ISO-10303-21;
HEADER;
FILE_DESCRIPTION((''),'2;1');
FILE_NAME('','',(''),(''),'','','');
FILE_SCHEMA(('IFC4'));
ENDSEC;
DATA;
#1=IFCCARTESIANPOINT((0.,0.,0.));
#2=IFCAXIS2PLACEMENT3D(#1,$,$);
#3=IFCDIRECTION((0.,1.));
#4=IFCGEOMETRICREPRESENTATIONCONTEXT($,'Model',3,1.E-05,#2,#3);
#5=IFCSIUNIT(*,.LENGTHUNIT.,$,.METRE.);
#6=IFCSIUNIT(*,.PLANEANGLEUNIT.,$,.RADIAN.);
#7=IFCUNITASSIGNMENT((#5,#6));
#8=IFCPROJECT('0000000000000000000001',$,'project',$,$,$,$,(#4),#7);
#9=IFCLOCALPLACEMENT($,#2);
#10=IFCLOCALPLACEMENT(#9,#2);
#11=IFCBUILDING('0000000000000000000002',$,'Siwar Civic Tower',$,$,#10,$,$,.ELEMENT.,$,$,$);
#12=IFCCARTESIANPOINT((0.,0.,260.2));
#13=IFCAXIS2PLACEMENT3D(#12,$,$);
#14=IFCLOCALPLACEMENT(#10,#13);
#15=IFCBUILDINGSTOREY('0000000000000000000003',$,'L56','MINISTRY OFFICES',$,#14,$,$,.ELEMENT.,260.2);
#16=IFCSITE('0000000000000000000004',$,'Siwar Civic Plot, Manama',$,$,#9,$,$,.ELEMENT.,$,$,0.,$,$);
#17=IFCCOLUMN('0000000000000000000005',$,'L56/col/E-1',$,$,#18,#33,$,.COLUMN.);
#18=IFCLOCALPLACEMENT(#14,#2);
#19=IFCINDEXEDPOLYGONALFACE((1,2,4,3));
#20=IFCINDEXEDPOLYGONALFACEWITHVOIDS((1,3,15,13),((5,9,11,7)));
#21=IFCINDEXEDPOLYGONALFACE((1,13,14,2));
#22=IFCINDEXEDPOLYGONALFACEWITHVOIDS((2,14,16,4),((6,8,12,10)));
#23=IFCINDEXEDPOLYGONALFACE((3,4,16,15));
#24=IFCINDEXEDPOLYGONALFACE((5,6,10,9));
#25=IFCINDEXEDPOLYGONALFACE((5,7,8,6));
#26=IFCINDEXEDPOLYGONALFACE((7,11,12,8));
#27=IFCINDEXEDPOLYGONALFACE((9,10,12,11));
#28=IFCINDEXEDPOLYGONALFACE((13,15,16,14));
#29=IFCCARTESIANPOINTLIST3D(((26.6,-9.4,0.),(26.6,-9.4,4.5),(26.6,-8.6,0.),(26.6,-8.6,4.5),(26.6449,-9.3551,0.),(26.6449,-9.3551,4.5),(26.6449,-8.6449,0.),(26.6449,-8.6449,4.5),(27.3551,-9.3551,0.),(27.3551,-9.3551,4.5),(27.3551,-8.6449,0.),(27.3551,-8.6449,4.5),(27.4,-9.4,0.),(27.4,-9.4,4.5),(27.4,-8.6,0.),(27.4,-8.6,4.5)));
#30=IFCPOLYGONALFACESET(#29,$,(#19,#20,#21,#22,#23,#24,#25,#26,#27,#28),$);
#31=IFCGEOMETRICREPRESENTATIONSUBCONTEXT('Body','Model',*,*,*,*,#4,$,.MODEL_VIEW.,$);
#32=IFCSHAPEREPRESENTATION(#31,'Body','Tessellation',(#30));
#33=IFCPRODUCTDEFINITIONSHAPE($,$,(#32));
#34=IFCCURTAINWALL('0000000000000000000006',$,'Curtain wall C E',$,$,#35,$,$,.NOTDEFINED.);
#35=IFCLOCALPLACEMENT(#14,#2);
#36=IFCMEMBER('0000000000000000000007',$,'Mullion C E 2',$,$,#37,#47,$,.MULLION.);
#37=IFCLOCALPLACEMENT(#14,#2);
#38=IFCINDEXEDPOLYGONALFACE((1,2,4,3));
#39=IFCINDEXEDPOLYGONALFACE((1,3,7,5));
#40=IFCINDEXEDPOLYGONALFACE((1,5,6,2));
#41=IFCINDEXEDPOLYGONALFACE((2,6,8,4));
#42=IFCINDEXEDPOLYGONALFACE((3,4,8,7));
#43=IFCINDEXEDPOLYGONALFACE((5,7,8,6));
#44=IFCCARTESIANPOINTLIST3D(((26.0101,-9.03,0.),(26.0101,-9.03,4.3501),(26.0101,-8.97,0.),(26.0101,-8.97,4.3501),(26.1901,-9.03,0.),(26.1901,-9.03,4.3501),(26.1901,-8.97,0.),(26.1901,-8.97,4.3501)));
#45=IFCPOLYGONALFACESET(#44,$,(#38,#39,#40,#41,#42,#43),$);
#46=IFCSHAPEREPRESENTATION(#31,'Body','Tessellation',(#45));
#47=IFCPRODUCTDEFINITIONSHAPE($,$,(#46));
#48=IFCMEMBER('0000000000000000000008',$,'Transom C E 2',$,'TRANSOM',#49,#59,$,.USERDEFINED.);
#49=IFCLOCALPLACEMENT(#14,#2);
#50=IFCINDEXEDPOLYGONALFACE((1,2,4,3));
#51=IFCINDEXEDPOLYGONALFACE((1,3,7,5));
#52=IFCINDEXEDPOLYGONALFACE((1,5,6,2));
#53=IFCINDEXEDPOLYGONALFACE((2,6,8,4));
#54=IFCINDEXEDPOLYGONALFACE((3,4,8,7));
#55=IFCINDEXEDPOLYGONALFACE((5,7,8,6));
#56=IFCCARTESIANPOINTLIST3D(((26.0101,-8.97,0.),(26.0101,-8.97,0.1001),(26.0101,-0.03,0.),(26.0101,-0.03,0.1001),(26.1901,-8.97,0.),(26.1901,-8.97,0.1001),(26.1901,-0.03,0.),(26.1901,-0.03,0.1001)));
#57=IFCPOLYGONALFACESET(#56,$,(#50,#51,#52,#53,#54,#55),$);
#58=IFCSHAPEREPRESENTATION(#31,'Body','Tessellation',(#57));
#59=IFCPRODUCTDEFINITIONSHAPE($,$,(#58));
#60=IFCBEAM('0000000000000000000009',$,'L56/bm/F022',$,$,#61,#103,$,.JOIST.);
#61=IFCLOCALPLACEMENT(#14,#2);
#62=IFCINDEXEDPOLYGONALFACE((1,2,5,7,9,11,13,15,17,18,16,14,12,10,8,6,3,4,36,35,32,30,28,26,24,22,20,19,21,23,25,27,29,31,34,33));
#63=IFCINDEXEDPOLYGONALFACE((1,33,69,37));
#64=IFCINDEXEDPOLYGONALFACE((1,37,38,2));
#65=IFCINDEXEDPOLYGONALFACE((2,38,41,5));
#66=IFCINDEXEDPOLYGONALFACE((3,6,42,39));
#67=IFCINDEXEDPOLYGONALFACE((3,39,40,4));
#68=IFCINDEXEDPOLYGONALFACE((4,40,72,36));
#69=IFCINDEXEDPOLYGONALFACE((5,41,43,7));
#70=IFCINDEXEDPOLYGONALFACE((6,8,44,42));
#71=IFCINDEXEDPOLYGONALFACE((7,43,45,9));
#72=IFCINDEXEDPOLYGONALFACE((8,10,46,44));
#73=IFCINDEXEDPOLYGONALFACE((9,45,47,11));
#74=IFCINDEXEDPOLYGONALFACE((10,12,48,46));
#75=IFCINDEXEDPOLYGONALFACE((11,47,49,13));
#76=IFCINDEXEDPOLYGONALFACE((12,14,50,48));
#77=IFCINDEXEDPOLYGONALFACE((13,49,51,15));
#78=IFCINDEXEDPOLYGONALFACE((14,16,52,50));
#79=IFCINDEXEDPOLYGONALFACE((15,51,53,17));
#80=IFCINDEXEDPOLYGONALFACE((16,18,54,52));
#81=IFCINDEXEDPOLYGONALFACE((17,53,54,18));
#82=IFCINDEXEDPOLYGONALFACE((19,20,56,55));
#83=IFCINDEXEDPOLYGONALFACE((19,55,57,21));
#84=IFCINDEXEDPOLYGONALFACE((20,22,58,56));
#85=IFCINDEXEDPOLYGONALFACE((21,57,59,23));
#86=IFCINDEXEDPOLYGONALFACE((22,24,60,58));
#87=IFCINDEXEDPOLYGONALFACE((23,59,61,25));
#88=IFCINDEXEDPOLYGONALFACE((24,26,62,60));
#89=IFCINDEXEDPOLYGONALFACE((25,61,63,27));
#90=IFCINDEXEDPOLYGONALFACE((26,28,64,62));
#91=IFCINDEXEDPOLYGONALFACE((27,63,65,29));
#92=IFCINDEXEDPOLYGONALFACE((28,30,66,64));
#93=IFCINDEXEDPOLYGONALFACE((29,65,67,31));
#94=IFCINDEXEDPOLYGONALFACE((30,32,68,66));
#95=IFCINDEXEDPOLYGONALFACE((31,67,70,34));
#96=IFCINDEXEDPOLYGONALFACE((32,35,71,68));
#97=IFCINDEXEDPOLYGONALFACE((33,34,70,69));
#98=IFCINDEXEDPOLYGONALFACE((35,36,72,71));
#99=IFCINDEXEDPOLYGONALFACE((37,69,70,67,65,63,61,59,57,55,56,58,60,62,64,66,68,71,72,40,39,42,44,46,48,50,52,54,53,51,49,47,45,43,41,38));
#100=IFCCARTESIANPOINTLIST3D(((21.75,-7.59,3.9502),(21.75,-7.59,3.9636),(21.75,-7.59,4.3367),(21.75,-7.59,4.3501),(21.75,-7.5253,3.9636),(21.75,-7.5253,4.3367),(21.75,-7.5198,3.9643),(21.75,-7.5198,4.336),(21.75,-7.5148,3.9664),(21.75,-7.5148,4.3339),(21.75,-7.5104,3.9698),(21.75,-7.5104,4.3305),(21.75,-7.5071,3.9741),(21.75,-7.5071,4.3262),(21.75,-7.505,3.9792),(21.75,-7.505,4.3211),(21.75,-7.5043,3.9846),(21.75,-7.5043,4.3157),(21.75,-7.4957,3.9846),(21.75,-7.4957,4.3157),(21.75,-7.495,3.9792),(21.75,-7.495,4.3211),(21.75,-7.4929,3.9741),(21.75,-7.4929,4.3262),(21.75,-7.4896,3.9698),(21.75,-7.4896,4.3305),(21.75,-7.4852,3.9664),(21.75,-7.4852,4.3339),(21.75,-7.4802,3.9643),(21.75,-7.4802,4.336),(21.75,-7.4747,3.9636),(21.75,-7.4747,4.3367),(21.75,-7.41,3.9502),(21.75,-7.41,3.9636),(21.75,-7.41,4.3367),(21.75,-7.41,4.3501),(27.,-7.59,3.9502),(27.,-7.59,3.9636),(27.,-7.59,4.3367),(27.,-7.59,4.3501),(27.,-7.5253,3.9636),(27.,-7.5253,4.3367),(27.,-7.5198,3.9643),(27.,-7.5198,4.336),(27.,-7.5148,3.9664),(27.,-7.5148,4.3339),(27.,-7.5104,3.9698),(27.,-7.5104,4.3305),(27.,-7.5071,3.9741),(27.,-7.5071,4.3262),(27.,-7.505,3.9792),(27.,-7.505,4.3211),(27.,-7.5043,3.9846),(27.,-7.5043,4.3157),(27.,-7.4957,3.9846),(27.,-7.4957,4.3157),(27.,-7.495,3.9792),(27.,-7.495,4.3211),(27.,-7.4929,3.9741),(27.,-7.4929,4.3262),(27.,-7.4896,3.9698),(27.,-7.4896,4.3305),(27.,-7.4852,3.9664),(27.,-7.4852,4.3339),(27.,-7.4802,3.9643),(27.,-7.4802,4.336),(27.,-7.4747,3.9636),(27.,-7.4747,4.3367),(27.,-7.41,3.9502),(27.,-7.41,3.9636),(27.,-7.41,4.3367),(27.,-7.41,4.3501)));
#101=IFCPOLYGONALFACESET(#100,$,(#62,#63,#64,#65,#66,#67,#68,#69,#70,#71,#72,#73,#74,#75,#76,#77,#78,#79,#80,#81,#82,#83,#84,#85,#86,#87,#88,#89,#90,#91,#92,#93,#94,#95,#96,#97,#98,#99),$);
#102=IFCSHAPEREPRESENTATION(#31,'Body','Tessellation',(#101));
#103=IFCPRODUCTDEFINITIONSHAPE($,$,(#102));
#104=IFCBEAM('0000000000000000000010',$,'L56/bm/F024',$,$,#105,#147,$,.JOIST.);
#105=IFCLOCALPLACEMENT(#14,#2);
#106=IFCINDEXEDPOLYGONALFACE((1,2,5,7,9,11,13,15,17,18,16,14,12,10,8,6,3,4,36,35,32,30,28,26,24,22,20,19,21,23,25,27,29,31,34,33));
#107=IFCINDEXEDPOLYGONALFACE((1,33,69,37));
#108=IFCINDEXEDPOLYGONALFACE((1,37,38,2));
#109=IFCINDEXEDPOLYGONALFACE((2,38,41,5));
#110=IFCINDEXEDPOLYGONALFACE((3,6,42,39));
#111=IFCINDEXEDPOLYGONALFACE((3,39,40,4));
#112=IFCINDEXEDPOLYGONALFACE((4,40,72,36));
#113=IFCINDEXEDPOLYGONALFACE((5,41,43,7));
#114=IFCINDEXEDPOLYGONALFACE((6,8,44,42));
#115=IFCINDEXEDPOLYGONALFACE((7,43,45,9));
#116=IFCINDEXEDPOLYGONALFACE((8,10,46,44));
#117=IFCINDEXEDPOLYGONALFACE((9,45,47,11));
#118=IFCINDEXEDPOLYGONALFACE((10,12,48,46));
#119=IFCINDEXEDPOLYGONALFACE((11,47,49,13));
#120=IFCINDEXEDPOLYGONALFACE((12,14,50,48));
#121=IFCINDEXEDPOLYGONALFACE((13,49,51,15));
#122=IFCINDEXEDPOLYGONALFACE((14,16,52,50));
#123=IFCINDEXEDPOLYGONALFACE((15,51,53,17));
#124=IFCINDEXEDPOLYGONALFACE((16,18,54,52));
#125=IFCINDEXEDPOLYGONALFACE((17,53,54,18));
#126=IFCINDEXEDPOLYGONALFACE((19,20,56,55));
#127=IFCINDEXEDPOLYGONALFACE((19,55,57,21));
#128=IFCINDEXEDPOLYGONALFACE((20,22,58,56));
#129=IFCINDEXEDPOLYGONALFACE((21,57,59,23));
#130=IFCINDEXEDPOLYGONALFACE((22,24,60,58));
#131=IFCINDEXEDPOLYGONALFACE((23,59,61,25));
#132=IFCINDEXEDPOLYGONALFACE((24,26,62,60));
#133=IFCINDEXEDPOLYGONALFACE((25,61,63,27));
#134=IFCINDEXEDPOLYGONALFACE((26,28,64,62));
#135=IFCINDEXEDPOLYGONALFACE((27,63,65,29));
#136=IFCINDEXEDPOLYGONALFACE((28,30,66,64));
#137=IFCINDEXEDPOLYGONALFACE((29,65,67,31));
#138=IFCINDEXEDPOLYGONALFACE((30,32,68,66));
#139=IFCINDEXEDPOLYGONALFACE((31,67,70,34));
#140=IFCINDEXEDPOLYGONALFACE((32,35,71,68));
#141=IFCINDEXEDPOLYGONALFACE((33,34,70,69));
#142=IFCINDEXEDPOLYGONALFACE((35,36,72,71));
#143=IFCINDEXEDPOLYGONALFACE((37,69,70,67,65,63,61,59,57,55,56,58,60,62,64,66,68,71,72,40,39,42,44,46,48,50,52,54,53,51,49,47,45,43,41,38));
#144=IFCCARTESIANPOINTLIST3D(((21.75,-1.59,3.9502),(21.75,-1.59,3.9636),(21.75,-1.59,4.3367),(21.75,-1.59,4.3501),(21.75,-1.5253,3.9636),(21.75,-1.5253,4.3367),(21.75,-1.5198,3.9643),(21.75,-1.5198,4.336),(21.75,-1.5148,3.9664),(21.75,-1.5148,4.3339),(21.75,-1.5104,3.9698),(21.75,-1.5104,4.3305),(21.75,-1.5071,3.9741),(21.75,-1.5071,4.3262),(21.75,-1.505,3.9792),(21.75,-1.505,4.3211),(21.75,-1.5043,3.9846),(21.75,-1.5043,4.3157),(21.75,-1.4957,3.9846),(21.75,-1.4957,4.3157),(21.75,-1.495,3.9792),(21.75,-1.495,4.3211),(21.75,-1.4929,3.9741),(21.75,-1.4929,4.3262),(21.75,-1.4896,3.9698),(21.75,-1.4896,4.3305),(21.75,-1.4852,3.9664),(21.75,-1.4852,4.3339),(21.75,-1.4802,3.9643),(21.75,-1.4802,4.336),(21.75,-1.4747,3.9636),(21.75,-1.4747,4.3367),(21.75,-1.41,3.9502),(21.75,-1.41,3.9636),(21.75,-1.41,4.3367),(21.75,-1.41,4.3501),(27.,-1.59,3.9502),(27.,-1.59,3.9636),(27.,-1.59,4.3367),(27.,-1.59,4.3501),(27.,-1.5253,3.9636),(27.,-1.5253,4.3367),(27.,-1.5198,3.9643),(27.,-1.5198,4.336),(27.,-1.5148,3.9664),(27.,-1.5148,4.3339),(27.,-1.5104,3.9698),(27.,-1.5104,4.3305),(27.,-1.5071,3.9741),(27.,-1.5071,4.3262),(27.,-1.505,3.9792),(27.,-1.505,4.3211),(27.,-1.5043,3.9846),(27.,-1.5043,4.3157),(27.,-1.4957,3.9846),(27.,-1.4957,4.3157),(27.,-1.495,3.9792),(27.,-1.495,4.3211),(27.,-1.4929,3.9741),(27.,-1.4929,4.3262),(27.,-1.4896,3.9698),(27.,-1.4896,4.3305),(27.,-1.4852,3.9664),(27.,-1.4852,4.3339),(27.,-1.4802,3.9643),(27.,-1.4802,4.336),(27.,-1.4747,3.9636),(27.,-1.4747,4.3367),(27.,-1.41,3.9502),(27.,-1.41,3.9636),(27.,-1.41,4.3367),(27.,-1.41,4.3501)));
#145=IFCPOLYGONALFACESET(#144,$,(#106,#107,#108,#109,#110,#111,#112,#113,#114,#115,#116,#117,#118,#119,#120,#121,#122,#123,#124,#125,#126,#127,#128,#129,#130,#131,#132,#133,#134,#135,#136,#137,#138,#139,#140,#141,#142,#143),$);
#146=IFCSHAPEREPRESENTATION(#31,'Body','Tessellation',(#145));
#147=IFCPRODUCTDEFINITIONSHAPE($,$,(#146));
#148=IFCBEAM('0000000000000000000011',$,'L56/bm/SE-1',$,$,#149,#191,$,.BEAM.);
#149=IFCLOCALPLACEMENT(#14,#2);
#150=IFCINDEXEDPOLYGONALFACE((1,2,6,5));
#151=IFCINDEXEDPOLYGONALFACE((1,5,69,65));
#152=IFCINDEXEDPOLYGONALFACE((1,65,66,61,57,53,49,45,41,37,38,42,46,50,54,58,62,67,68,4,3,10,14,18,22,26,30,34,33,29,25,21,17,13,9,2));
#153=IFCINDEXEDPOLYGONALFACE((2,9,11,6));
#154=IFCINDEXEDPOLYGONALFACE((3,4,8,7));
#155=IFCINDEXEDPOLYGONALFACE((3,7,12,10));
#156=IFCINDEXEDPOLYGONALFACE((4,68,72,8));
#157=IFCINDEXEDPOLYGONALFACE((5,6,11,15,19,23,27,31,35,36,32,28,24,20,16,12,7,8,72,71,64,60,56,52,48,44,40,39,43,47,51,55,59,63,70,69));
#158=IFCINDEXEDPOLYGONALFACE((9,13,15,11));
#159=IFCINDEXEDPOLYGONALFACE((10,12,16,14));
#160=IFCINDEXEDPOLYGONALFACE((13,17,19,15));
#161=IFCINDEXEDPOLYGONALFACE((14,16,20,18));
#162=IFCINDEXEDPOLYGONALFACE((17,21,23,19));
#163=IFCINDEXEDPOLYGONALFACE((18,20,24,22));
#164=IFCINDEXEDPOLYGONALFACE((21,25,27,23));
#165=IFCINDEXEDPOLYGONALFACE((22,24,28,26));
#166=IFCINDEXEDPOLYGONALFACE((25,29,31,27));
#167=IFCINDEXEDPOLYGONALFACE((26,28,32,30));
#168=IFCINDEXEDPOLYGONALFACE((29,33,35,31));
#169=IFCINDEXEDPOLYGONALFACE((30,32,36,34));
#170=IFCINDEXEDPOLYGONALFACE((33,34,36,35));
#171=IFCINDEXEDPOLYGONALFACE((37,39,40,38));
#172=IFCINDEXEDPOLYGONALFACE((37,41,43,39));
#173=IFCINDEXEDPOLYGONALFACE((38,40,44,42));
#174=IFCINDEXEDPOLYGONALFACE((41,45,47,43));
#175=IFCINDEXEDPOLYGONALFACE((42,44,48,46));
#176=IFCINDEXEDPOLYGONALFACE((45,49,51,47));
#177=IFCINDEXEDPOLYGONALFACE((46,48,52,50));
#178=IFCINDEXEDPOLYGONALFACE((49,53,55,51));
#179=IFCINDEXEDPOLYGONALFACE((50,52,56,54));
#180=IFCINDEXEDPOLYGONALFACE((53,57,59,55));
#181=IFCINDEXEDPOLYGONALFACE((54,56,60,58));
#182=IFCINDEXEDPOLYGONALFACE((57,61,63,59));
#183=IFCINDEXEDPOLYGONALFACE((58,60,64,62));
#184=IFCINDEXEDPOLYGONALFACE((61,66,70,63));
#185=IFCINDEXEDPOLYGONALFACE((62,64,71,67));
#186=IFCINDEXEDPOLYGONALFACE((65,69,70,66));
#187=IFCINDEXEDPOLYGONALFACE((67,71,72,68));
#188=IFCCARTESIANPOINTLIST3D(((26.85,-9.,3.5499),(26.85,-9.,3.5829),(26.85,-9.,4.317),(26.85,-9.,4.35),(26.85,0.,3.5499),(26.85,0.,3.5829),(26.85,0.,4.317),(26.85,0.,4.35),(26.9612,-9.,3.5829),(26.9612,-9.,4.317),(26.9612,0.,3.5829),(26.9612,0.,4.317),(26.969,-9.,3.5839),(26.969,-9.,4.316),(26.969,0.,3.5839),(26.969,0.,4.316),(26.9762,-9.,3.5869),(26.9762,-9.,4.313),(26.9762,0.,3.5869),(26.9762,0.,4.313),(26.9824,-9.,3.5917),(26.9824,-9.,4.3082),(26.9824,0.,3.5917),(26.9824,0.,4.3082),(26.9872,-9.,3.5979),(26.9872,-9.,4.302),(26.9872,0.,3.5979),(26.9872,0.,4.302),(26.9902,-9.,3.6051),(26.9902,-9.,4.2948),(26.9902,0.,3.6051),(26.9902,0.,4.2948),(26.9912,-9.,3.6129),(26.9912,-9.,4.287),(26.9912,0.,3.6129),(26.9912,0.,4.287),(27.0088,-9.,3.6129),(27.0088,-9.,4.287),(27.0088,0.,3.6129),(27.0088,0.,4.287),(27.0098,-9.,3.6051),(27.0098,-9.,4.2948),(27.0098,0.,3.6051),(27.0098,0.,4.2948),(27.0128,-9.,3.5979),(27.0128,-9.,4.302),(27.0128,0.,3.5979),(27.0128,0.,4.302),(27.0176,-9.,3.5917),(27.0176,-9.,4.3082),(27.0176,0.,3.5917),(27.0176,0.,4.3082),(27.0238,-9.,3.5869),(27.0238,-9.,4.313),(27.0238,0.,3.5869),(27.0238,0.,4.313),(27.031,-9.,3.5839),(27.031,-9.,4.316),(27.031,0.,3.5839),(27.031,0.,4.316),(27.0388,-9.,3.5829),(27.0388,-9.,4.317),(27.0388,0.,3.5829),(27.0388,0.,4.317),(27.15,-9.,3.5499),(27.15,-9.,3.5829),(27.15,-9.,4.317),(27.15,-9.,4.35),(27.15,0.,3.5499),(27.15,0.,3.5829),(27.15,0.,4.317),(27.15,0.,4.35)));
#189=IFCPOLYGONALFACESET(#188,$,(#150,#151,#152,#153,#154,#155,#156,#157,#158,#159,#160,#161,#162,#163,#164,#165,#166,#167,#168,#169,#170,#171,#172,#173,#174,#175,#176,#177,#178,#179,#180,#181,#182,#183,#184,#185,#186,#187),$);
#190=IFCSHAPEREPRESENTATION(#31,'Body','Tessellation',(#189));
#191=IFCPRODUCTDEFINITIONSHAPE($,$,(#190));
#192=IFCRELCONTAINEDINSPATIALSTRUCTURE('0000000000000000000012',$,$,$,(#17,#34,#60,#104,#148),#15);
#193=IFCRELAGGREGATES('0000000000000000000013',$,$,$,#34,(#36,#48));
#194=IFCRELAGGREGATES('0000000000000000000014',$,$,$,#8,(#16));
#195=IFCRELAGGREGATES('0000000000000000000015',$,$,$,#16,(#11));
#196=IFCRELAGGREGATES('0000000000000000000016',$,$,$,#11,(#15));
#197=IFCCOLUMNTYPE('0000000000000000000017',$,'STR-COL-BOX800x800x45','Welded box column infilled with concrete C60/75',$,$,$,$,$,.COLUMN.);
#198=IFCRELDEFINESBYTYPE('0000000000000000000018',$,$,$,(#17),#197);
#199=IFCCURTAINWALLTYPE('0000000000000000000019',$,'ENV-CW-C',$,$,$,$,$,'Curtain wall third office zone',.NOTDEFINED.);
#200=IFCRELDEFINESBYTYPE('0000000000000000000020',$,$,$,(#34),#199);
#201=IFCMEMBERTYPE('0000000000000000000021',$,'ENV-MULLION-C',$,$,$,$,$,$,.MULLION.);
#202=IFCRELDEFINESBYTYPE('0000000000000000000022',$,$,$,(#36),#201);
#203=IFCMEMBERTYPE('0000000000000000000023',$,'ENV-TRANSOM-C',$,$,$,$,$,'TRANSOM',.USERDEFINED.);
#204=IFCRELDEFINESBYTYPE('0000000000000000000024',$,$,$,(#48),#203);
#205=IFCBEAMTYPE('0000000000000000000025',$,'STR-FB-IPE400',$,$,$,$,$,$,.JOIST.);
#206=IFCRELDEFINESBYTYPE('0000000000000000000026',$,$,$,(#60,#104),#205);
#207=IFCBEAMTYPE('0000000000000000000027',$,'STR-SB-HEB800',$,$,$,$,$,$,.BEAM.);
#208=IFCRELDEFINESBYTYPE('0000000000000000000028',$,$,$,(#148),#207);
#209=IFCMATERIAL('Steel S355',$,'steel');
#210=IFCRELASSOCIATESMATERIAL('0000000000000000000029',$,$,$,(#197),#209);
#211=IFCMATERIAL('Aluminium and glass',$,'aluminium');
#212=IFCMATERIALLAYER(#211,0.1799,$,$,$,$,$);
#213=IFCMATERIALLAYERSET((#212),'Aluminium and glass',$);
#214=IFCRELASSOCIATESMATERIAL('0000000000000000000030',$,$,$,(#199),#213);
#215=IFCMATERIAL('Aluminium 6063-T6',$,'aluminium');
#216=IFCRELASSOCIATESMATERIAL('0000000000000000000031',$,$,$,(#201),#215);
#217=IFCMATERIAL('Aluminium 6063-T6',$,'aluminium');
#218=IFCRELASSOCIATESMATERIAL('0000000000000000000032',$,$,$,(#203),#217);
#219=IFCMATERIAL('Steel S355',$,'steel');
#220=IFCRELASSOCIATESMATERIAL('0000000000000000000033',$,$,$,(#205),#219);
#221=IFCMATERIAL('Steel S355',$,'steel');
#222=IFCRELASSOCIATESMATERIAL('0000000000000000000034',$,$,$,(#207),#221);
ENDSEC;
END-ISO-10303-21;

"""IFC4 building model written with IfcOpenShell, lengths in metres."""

from ifc_helpers import new_model, si_unit, direction, frame, origin, origin_2d, place, context, subcontext, project, spatial, rectangle, hollow_rectangle, i_section, extrude, material, layer, layer_set, material_profile, profile_set, type_object, element, aggregate, save


model = new_model("IFC4")

# Units and contexts
model_context = context("Model", 3, precision=1e-05, world=origin(), true_north=direction((0.0, 1.0)))
body_context = subcontext(model_context, "Body", "Model", "MODEL_VIEW")
ifc_project = project(units=[si_unit("LENGTHUNIT", "METRE"), si_unit("PLANEANGLEUNIT", "RADIAN")], contexts=[model_context])

# Site, building, storey
site_placement = place(None, origin())
site = spatial("IfcSite", under=ifc_project, at=site_placement, Name="Siwar Civic Plot, Manama", CompositionType="ELEMENT", RefElevation=0.0)
building_placement = place(site_placement, origin())
building = spatial("IfcBuilding", under=site, at=building_placement, Name="Siwar Civic Tower", CompositionType="ELEMENT")
storey_placement = place(building_placement, frame((0.0, 0.0, 260.2)))
storey = spatial("IfcBuildingStorey", under=building, at=storey_placement, Name="L56", Description="MINISTRY OFFICES", CompositionType="ELEMENT", Elevation=260.2)

# Column
ifc_material_1 = material(Name="Steel S355", Category="steel")
ifc_material_profile_1 = material_profile(ifc_material_1, hollow_rectangle(XDim=0.8, YDim=0.8, WallThickness=0.0449, at=origin_2d()), Name="BOX800x800x45")
ifc_profile_set_1 = profile_set([ifc_material_profile_1], Name="Steel S355")
column_type = type_object("IfcColumnType", Name="STR-COL-BOX800x800x45", Description="Welded box column infilled with concrete C60/75", PredefinedType="COLUMN", material=ifc_profile_set_1)
column_placement = place(storey_placement, frame((27.0, -9.0, 0.0), z_axis=(0.0, 0.0, 1.0), x_axis=(1.0, 0.0, 0.0)))
element("IfcColumn", 1, at=column_placement, inside=storey, type_object=column_type, Name="L56/col/E-1", PredefinedType="COLUMN", context=body_context, shape_type="SweptSolid", body=[
    extrude(hollow_rectangle(XDim=0.8, YDim=0.8, WallThickness=0.0449, at=origin_2d()), origin(), (0.0, 0.0, 1.0), 4.5),
])

# Curtain wall, members
ifc_material_2 = material(Name="Aluminium and glass", Category="aluminium")
ifc_layer_1 = layer(ifc_material_2, 0.1799)
ifc_layer_set_1 = layer_set([ifc_layer_1], Name="Aluminium and glass")
curtain_wall_type = type_object("IfcCurtainWallType", Name="ENV-CW-C", ElementType="Curtain wall third office zone", PredefinedType="NOTDEFINED", material=ifc_layer_set_1)
curtain_wall_placement = place(storey_placement, origin())
curtain_wall = element("IfcCurtainWall", 2, at=curtain_wall_placement, inside=storey, type_object=curtain_wall_type, Name="Curtain wall C E", PredefinedType="NOTDEFINED")
ifc_material_3 = material(Name="Aluminium 6063-T6", Category="aluminium")
ifc_material_profile_2 = material_profile(ifc_material_3, rectangle(XDim=0.1799, YDim=0.0601, at=origin_2d()), Name="AL 180x60")
ifc_profile_set_2 = profile_set([ifc_material_profile_2], Name="Aluminium 6063-T6")
member_type_1 = type_object("IfcMemberType", Name="ENV-MULLION-C", PredefinedType="MULLION", material=ifc_profile_set_2)
member_1_placement = place(storey_placement, frame((26.1001, -9.0, 0.0), z_axis=(0.0, 0.0, 1.0), x_axis=(-1.0, 0.0, 0.0)))
member_1 = element("IfcMember", 3, at=member_1_placement, type_object=member_type_1, Name="Mullion C E 2", PredefinedType="MULLION", context=body_context, shape_type="SweptSolid", body=[
    extrude(rectangle(XDim=0.1799, YDim=0.0601, at=origin_2d()), origin(), (0.0, 0.0, 1.0), 4.3501),
])
ifc_material_4 = material(Name="Aluminium 6063-T6", Category="aluminium")
ifc_material_profile_3 = material_profile(ifc_material_4, rectangle(XDim=0.1799, YDim=0.1001, at=origin_2d()), Name="AL 180x100")
ifc_profile_set_3 = profile_set([ifc_material_profile_3], Name="Aluminium 6063-T6")
member_type_2 = type_object("IfcMemberType", Name="ENV-TRANSOM-C", ElementType="TRANSOM", PredefinedType="USERDEFINED", material=ifc_profile_set_3)
member_2_placement = place(storey_placement, frame((26.1001, -8.97, 0.05), z_axis=(0.0, 1.0, 0.0), x_axis=(-1.0, 0.0, 0.0)))
member_2 = element("IfcMember", 4, at=member_2_placement, type_object=member_type_2, Name="Transom C E 2", ObjectType="TRANSOM", PredefinedType="USERDEFINED", context=body_context, shape_type="SweptSolid", body=[
    extrude(rectangle(XDim=0.1799, YDim=0.1001, at=origin_2d()), origin(), (0.0, 0.0, 1.0), 8.9399),
])

# Beams
ifc_material_5 = material(Name="Steel S355", Category="steel")
ifc_material_profile_4 = material_profile(ifc_material_5, i_section(OverallWidth=0.1799, OverallDepth=0.3999, WebThickness=0.0085, FlangeThickness=0.0134, FilletRadius=0.021, at=origin_2d()), Name="IPE400")
ifc_profile_set_4 = profile_set([ifc_material_profile_4], Name="Steel S355")
beam_type_1 = type_object("IfcBeamType", Name="STR-FB-IPE400", PredefinedType="JOIST", material=ifc_profile_set_4)
for number, where, z_axis, x_axis, name in (
    (5, (21.75, -7.5, 4.1501), (1.0, 0.0, 0.0), (0.0, 1.0, 0.0), "L56/bm/F022"),
    (6, (21.75, -1.5, 4.1501), (1.0, 0.0, 0.0), (0.0, 1.0, 0.0), "L56/bm/F024"),
):
    element("IfcBeam", number, at=place(storey_placement, frame(where, z_axis=z_axis, x_axis=x_axis)), inside=storey, type_object=beam_type_1, Name=name, PredefinedType="JOIST", context=body_context, shape_type="SweptSolid", body=[
        extrude(i_section(OverallWidth=0.1799, OverallDepth=0.3999, WebThickness=0.0085, FlangeThickness=0.0134, FilletRadius=0.021, at=origin_2d()), origin(), (0.0, 0.0, 1.0), 5.25),
    ])
ifc_material_6 = material(Name="Steel S355", Category="steel")
ifc_material_profile_5 = material_profile(ifc_material_6, i_section(OverallWidth=0.3, OverallDepth=0.8, WebThickness=0.0176, FlangeThickness=0.033, FilletRadius=0.03, at=origin_2d()), Name="HEB800")
ifc_profile_set_5 = profile_set([ifc_material_profile_5], Name="Steel S355")
beam_type_2 = type_object("IfcBeamType", Name="STR-SB-HEB800", PredefinedType="BEAM", material=ifc_profile_set_5)
beam_placement = place(storey_placement, frame((27.0, -9.0, 3.95), z_axis=(0.0, 1.0, 0.0), x_axis=(-1.0, 0.0, 0.0)))
element("IfcBeam", 7, at=beam_placement, inside=storey, type_object=beam_type_2, Name="L56/bm/SE-1", PredefinedType="BEAM", context=body_context, shape_type="SweptSolid", body=[
    extrude(i_section(OverallWidth=0.3, OverallDepth=0.8, WebThickness=0.0176, FlangeThickness=0.033, FilletRadius=0.03, at=origin_2d()), origin(), (0.0, 0.0, 1.0), 9.0),
])

aggregate(curtain_wall, [member_1, member_2])

save(model, "model.ifc")
